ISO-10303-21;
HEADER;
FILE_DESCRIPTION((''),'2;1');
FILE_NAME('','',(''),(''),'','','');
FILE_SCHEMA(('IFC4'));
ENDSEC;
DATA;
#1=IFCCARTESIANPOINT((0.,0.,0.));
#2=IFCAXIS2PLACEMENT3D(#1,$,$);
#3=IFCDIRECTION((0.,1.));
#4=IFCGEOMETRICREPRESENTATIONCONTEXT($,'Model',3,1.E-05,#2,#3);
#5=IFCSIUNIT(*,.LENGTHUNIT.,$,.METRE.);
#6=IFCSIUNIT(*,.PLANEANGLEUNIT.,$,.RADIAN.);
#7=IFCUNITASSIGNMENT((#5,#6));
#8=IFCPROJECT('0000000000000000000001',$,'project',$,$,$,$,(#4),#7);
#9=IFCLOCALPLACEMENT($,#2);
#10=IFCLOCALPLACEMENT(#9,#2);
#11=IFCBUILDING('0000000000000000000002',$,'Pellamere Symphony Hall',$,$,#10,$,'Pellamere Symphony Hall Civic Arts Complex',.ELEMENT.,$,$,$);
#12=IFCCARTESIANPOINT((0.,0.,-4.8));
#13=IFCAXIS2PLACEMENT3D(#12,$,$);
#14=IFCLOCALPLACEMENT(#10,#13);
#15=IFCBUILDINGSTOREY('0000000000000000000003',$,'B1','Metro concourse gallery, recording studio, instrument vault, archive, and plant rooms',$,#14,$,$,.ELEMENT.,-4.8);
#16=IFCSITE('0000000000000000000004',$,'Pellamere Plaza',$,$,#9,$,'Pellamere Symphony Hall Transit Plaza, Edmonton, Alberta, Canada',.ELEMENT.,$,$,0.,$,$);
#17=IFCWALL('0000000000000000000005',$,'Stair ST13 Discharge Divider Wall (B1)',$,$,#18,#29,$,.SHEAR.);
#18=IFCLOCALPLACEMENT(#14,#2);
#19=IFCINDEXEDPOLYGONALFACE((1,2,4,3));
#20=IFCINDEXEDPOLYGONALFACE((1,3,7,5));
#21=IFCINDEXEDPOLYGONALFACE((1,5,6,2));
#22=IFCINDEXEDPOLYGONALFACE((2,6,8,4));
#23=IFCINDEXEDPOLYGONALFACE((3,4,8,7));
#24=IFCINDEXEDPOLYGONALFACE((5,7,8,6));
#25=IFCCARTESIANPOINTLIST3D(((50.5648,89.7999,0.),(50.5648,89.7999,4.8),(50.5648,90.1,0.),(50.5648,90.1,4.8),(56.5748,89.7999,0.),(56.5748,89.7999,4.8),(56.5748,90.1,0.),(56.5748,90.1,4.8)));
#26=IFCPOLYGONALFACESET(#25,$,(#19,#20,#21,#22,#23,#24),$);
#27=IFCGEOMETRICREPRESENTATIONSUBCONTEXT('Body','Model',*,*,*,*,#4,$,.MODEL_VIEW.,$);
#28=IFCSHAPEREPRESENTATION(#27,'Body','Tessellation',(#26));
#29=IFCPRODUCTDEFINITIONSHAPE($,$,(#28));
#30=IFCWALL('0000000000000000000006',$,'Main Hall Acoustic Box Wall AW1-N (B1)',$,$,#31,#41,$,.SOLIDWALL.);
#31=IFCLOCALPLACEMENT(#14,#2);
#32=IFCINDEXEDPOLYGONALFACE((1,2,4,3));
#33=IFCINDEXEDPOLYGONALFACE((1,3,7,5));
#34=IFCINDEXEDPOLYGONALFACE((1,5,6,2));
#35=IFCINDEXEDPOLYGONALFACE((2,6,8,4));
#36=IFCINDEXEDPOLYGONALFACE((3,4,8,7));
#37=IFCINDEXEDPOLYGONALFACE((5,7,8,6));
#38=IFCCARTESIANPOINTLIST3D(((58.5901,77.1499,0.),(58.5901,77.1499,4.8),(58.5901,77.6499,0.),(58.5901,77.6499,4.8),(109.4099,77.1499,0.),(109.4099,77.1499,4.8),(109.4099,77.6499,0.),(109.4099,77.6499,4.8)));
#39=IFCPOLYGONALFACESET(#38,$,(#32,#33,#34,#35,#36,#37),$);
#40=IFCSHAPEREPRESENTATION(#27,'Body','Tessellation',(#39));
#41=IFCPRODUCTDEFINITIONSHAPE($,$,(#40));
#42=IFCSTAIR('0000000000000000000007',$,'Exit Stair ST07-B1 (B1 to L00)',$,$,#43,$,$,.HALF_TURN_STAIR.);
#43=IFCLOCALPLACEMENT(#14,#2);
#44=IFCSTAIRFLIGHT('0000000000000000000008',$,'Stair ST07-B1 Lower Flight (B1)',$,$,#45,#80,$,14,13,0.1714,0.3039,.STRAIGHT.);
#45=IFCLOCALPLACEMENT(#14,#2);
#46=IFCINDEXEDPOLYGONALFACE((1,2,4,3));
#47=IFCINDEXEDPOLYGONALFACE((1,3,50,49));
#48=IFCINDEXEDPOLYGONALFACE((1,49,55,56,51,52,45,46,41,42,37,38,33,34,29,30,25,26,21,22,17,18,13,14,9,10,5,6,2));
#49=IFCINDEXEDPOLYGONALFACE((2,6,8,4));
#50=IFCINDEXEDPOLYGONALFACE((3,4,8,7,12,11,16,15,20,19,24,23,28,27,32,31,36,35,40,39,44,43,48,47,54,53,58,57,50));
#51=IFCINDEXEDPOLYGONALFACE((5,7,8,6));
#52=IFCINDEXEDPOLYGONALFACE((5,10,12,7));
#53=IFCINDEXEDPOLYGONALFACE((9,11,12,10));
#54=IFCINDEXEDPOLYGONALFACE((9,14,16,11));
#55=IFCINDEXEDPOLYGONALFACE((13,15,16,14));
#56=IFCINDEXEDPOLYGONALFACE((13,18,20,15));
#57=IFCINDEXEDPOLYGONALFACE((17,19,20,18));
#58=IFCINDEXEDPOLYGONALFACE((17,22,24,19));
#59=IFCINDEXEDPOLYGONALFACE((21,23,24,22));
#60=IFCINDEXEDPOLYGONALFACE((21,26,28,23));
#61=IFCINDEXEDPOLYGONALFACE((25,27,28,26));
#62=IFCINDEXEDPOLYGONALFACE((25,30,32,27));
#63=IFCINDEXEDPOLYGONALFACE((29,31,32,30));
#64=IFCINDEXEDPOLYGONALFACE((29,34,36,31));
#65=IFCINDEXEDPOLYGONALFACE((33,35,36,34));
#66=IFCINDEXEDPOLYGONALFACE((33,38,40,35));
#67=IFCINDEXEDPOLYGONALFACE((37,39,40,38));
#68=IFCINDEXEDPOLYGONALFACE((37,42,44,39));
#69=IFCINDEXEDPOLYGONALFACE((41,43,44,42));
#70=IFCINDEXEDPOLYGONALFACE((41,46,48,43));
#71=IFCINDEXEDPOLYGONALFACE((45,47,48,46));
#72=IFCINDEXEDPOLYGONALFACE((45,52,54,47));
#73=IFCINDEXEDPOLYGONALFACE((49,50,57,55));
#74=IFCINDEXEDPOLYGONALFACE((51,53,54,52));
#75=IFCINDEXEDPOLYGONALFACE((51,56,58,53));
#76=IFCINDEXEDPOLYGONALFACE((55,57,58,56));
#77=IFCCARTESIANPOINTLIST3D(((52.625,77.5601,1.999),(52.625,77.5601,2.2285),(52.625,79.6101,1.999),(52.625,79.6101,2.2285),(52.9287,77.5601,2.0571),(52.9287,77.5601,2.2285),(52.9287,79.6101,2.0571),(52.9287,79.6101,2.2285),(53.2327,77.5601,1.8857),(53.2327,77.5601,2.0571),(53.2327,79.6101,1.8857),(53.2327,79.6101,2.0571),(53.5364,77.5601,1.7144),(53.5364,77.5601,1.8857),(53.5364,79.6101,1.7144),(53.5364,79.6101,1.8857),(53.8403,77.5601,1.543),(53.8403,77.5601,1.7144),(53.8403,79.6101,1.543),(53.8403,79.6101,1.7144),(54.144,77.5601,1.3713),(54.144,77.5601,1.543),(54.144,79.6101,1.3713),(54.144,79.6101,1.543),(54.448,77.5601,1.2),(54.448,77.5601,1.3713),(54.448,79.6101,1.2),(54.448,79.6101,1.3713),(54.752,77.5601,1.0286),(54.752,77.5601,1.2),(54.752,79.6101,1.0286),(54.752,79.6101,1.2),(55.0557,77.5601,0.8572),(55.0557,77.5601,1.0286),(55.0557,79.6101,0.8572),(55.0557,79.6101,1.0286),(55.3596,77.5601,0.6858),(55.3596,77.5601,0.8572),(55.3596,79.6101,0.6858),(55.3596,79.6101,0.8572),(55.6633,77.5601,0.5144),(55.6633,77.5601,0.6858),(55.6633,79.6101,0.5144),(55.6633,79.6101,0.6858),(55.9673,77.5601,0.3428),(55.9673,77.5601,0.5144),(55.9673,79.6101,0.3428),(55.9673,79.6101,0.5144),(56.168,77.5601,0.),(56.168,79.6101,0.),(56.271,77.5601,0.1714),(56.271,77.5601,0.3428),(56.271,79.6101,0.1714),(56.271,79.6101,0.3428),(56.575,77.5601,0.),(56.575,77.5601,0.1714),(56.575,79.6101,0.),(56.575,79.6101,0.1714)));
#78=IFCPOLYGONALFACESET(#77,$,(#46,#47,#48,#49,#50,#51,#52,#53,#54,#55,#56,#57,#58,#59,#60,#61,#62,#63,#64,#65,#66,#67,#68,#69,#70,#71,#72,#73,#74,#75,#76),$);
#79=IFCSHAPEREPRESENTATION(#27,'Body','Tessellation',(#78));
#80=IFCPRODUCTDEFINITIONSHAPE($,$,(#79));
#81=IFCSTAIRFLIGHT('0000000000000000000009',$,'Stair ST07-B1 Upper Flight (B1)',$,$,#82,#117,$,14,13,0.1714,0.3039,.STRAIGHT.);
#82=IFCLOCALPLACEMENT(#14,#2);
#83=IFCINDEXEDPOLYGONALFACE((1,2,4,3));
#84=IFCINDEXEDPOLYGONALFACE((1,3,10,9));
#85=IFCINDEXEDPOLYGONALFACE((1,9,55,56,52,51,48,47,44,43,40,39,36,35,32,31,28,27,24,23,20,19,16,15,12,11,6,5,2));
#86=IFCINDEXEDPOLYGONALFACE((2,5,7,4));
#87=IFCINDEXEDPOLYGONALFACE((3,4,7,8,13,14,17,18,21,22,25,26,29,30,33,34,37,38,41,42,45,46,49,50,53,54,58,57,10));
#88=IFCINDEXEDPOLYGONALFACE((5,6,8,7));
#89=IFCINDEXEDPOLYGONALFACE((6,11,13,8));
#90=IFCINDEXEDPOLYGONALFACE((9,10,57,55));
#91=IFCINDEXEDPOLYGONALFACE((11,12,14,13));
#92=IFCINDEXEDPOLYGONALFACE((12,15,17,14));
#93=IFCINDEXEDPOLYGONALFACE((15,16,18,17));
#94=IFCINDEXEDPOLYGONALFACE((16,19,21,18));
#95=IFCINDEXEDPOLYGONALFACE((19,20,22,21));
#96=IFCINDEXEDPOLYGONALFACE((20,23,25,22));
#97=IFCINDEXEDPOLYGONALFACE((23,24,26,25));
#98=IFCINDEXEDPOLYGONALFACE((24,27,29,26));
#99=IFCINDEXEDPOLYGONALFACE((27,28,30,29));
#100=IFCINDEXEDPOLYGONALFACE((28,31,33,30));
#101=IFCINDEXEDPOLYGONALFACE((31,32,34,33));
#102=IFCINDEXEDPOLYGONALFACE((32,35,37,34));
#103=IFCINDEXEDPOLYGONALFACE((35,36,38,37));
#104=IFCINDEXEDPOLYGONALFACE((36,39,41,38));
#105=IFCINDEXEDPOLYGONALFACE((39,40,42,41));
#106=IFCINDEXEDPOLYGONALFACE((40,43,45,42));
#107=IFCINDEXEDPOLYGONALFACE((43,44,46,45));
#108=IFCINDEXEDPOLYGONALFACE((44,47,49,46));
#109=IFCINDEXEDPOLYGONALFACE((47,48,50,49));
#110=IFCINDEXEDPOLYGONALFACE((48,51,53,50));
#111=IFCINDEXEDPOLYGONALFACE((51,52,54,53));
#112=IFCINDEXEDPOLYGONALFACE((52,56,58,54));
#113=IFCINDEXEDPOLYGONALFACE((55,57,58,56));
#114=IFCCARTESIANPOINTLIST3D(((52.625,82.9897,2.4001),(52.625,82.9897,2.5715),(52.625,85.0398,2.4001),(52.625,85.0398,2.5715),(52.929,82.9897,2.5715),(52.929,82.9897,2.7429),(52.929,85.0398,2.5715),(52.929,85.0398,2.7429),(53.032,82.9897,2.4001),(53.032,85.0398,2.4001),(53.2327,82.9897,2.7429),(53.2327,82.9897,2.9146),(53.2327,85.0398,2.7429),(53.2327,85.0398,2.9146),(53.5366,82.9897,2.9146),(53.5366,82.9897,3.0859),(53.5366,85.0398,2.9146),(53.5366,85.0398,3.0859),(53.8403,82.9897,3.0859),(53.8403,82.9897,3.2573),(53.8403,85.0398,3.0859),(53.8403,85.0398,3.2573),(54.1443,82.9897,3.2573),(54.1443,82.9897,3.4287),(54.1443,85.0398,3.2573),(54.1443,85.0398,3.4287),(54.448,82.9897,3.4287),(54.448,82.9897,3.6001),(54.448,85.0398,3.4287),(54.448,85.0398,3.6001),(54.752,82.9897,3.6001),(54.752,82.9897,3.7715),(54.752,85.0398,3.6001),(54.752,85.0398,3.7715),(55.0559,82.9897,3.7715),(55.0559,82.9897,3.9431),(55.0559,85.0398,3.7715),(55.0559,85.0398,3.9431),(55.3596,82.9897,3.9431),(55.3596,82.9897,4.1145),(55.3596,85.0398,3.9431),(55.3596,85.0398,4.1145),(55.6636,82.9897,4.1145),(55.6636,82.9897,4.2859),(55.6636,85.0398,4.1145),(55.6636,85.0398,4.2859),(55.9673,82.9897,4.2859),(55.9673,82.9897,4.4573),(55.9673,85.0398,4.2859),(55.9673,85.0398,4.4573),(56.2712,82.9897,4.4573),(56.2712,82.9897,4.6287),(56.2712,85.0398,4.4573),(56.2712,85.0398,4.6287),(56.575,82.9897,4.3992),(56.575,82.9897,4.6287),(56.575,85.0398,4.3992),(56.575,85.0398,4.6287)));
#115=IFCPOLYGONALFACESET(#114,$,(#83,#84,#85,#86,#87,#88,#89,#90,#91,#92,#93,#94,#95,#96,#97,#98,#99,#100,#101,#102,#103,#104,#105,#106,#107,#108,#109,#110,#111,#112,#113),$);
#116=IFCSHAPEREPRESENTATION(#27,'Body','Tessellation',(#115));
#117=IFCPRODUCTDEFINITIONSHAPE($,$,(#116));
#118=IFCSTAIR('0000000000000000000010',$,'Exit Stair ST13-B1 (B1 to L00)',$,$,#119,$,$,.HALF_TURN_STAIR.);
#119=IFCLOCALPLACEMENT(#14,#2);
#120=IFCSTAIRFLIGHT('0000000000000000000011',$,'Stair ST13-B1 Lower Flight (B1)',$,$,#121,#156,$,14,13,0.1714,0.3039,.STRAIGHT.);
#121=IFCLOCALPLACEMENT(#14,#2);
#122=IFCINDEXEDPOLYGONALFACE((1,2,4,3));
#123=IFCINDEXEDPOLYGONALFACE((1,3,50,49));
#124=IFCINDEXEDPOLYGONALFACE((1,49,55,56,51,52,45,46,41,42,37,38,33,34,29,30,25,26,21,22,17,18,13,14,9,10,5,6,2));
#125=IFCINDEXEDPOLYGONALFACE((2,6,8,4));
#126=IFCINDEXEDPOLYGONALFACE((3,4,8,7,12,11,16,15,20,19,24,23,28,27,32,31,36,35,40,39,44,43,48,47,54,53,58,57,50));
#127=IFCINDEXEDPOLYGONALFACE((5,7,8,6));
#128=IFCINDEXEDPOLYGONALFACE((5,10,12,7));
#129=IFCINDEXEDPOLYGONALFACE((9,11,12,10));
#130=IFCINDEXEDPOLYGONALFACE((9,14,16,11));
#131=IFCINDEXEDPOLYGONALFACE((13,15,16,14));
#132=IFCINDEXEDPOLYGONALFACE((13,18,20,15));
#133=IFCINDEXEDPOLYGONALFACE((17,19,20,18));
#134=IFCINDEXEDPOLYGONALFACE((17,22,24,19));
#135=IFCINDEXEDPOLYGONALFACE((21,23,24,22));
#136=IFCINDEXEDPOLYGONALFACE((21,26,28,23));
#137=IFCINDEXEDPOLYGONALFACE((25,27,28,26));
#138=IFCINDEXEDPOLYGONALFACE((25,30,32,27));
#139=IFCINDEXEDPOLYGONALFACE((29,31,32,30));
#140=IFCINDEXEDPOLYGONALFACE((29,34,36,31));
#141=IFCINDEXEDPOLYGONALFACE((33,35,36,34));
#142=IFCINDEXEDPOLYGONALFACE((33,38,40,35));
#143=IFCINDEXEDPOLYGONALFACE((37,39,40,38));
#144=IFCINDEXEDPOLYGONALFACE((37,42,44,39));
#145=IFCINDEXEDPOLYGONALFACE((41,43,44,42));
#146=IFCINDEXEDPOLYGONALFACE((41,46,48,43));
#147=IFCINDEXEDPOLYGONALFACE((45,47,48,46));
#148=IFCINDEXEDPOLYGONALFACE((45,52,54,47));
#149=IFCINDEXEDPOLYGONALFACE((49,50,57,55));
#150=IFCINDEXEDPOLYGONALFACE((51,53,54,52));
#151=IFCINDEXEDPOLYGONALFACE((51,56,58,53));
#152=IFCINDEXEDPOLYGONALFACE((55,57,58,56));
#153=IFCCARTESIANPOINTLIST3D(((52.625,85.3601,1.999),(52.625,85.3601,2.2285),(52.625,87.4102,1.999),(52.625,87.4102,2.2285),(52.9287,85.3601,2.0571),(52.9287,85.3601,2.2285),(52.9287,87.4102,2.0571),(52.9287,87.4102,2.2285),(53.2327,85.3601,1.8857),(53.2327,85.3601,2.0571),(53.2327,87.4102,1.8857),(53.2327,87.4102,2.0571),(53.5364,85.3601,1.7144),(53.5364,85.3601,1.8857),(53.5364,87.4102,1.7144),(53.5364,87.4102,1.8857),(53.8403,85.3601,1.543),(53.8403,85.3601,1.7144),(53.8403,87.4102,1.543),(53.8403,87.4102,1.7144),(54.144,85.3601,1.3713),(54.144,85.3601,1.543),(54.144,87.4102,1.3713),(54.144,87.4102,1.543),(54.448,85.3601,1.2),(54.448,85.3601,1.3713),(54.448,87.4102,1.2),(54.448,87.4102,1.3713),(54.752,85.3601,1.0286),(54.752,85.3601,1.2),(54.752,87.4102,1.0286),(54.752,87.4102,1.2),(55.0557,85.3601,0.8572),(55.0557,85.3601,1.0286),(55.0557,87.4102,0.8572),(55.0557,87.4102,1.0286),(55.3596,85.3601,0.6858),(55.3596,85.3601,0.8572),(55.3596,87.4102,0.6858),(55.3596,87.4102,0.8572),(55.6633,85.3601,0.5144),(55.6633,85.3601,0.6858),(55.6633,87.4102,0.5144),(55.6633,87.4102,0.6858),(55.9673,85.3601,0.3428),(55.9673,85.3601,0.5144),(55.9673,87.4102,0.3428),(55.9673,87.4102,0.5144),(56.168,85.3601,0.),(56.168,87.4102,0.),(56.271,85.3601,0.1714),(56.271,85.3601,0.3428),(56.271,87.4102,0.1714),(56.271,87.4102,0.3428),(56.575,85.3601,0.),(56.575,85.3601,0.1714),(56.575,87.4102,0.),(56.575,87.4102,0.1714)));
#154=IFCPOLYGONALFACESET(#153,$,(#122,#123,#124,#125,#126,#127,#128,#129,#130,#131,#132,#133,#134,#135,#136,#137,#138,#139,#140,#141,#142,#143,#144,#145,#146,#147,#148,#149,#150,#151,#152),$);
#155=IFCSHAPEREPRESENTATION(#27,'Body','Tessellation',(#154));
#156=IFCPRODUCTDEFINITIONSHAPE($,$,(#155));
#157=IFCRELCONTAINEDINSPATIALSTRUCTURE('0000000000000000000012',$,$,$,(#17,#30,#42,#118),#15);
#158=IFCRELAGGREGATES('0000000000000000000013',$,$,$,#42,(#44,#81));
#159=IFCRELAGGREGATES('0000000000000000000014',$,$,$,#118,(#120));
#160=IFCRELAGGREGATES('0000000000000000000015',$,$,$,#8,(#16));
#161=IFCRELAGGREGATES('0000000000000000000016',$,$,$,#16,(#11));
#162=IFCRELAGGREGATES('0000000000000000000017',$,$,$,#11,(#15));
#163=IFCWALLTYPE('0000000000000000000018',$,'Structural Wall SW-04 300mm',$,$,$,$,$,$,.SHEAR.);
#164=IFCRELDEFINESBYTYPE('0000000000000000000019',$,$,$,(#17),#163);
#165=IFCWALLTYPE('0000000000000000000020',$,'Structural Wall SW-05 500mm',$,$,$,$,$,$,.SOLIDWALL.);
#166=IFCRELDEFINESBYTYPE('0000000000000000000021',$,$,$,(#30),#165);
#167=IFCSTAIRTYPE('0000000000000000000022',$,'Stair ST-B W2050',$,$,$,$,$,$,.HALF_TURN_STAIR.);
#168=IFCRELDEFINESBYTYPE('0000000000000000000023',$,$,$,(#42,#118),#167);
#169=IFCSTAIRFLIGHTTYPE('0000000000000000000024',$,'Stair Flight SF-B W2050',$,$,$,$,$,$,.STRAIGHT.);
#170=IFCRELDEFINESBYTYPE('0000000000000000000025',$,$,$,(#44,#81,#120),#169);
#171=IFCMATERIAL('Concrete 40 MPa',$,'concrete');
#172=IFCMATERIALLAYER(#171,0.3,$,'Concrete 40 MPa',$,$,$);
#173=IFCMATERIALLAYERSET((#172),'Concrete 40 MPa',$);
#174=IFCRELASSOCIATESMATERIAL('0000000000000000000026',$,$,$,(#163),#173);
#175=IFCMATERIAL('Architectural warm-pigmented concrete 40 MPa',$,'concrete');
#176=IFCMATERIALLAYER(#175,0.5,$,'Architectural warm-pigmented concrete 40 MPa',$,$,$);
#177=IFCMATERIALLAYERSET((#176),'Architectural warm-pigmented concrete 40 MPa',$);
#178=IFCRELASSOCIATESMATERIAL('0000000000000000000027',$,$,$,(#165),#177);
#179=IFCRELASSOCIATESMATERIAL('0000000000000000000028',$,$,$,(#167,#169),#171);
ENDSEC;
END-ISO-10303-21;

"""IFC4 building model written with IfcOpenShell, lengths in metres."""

from ifc_helpers import new_model, si_unit, direction, frame, frame_2d, origin, place, context, subcontext, project, spatial, polyline, rectangle, outline, extrude, material, layer, layer_set, type_object, element, aggregate, save


model = new_model("IFC4")

# Units and contexts
model_context = context("Model", 3, precision=1e-05, world=origin(), true_north=direction((0.0, 1.0)))
body_context = subcontext(model_context, "Body", "Model", "MODEL_VIEW")
ifc_project = project(units=[si_unit("LENGTHUNIT", "METRE"), si_unit("PLANEANGLEUNIT", "RADIAN")], contexts=[model_context])

# Site, building, storey
site_placement = place(None, origin())
site = spatial("IfcSite", under=ifc_project, at=site_placement, Name="Pellamere Plaza", LongName="Pellamere Symphony Hall Transit Plaza, Edmonton, Alberta, Canada", CompositionType="ELEMENT", RefElevation=0.0)
building_placement = place(site_placement, origin())
building = spatial("IfcBuilding", under=site, at=building_placement, Name="Pellamere Symphony Hall", LongName="Pellamere Symphony Hall Civic Arts Complex", CompositionType="ELEMENT")
storey_placement = place(building_placement, frame((0.0, 0.0, -4.8)))
storey = spatial("IfcBuildingStorey", under=building, at=storey_placement, Name="B1", Description="Metro concourse gallery, recording studio, instrument vault, archive, and plant rooms", CompositionType="ELEMENT", Elevation=-4.8)

# Shared definitions
ifc_material_1 = material(Name="Concrete 40 MPa", Category="concrete")

# Walls
ifc_layer_1 = layer(ifc_material_1, 0.3, Name="Concrete 40 MPa")
ifc_layer_set_1 = layer_set([ifc_layer_1], Name="Concrete 40 MPa")
wall_type_1 = type_object("IfcWallType", Name="Structural Wall SW-04 300mm", PredefinedType="SHEAR", material=ifc_layer_set_1)
wall_1_placement = place(storey_placement, frame((50.5649, 89.95, 0.0), z_axis=(0.0, 0.0, 1.0), x_axis=(1.0, 0.0, 0.0)))
element("IfcWall", 1, at=wall_1_placement, inside=storey, type_object=wall_type_1, Name="Stair ST13 Discharge Divider Wall (B1)", PredefinedType="SHEAR", context=body_context, shape_type="SweptSolid", body=[
    extrude(rectangle(XDim=6.01, YDim=0.3, at=frame_2d((3.0049, 0.0))), origin(), (0.0, 0.0, 1.0), 4.8),
])
ifc_material_2 = material(Name="Architectural warm-pigmented concrete 40 MPa", Category="concrete")
ifc_layer_2 = layer(ifc_material_2, 0.5, Name="Architectural warm-pigmented concrete 40 MPa")
ifc_layer_set_2 = layer_set([ifc_layer_2], Name="Architectural warm-pigmented concrete 40 MPa")
wall_type_2 = type_object("IfcWallType", Name="Structural Wall SW-05 500mm", PredefinedType="SOLIDWALL", material=ifc_layer_set_2)
wall_2_placement = place(storey_placement, frame((58.5901, 77.3999, 0.0), z_axis=(0.0, 0.0, 1.0), x_axis=(1.0, 0.0, 0.0)))
element("IfcWall", 2, at=wall_2_placement, inside=storey, type_object=wall_type_2, Name="Main Hall Acoustic Box Wall AW1-N (B1)", PredefinedType="SOLIDWALL", context=body_context, shape_type="SweptSolid", body=[
    extrude(rectangle(XDim=50.8198, YDim=0.5, at=frame_2d((25.4099, 0.0))), origin(), (0.0, 0.0, 1.0), 4.8),
])

# Stairs, stair flights
stair_type = type_object("IfcStairType", Name="Stair ST-B W2050", PredefinedType="HALF_TURN_STAIR", material=ifc_material_1)
stair_1_placement = place(storey_placement, origin())
stair_1 = element("IfcStair", 3, at=stair_1_placement, inside=storey, type_object=stair_type, Name="Exit Stair ST07-B1 (B1 to L00)", PredefinedType="HALF_TURN_STAIR")
stair_flight_type = type_object("IfcStairFlightType", Name="Stair Flight SF-B W2050", PredefinedType="STRAIGHT", material=ifc_material_1)
stair_flight_1_placement = place(storey_placement, frame((56.575, 78.585, 0.0), z_axis=(0.0, 0.0, 1.0), x_axis=(-1.0, 0.0, 0.0)))
stair_flight_1 = element("IfcStairFlight", 4, at=stair_flight_1_placement, type_object=stair_flight_type, Name="Stair ST07-B1 Lower Flight (B1)", NumberOfRisers=14, NumberOfTreads=13, PredefinedType="STRAIGHT", RiserHeight=0.1714, TreadLength=0.3039, context=body_context, shape_type="SweptSolid", body=[
    extrude(outline(polyline([(0.0, 0.0), (0.0, 0.1714), (0.304, 0.1714), (0.304, 0.3428), (0.6077, 0.3428), (0.6077, 0.5144), (0.9116, 0.5144), (0.9116, 0.6858), (1.2153, 0.6858), (1.2153, 0.8572), (1.5193, 0.8572), (1.5193, 1.0286), (1.823, 1.0286), (1.823, 1.2), (2.127, 1.2), (2.127, 1.3713), (2.4309, 1.3713), (2.4309, 1.543), (2.7346, 1.543), (2.7346, 1.7144), (3.0386, 1.7144), (3.0386, 1.8857), (3.3423, 1.8857), (3.3423, 2.0571), (3.6462, 2.0571), (3.6462, 2.2285), (3.95, 2.2285), (3.95, 2.3999), (3.95, 1.999), (0.407, 0.0), (0.0, 0.0)])), frame((0.0, 1.0249, 0.0), z_axis=(0.0, -1.0, 0.0), x_axis=(1.0, 0.0, 0.0)), (0.0, 0.0, 1.0), 2.05),
])
stair_flight_2_placement = place(storey_placement, frame((52.625, 84.0149, 2.4001), z_axis=(0.0, 0.0, 1.0), x_axis=(1.0, 0.0, 0.0)))
stair_flight_2 = element("IfcStairFlight", 5, at=stair_flight_2_placement, type_object=stair_flight_type, Name="Stair ST07-B1 Upper Flight (B1)", NumberOfRisers=14, NumberOfTreads=13, PredefinedType="STRAIGHT", RiserHeight=0.1714, TreadLength=0.3039, context=body_context, shape_type="SweptSolid", body=[
    extrude(outline(polyline([(0.0, 0.0), (0.0, 0.1714), (0.304, 0.1714), (0.304, 0.3428), (0.6077, 0.3428), (0.6077, 0.5144), (0.9116, 0.5144), (0.9116, 0.6858), (1.2153, 0.6858), (1.2153, 0.8572), (1.5193, 0.8572), (1.5193, 1.0286), (1.823, 1.0286), (1.823, 1.2), (2.127, 1.2), (2.127, 1.3713), (2.4309, 1.3713), (2.4309, 1.543), (2.7346, 1.543), (2.7346, 1.7144), (3.0386, 1.7144), (3.0386, 1.8857), (3.3423, 1.8857), (3.3423, 2.0571), (3.6462, 2.0571), (3.6462, 2.2285), (3.95, 2.2285), (3.95, 2.3999), (3.95, 1.999), (0.407, 0.0), (0.0, 0.0)])), frame((0.0, 1.0249, 0.0), z_axis=(0.0, -1.0, 0.0), x_axis=(1.0, 0.0, 0.0)), (0.0, 0.0, 1.0), 2.05),
])
aggregate(stair_1, [stair_flight_1, stair_flight_2])
stair_2_placement = place(storey_placement, origin())
stair_2 = element("IfcStair", 6, at=stair_2_placement, inside=storey, type_object=stair_type, Name="Exit Stair ST13-B1 (B1 to L00)", PredefinedType="HALF_TURN_STAIR")
stair_flight_3_placement = place(storey_placement, frame((56.575, 86.385, 0.0), z_axis=(0.0, 0.0, 1.0), x_axis=(-1.0, 0.0, 0.0)))
stair_flight_3 = element("IfcStairFlight", 7, at=stair_flight_3_placement, type_object=stair_flight_type, Name="Stair ST13-B1 Lower Flight (B1)", NumberOfRisers=14, NumberOfTreads=13, PredefinedType="STRAIGHT", RiserHeight=0.1714, TreadLength=0.3039, context=body_context, shape_type="SweptSolid", body=[
    extrude(outline(polyline([(0.0, 0.0), (0.0, 0.1714), (0.304, 0.1714), (0.304, 0.3428), (0.6077, 0.3428), (0.6077, 0.5144), (0.9116, 0.5144), (0.9116, 0.6858), (1.2153, 0.6858), (1.2153, 0.8572), (1.5193, 0.8572), (1.5193, 1.0286), (1.823, 1.0286), (1.823, 1.2), (2.127, 1.2), (2.127, 1.3713), (2.4309, 1.3713), (2.4309, 1.543), (2.7346, 1.543), (2.7346, 1.7144), (3.0386, 1.7144), (3.0386, 1.8857), (3.3423, 1.8857), (3.3423, 2.0571), (3.6462, 2.0571), (3.6462, 2.2285), (3.95, 2.2285), (3.95, 2.3999), (3.95, 1.999), (0.407, 0.0), (0.0, 0.0)])), frame((0.0, 1.0249, 0.0), z_axis=(0.0, -1.0, 0.0), x_axis=(1.0, 0.0, 0.0)), (0.0, 0.0, 1.0), 2.05),
])
aggregate(stair_2, [stair_flight_3])

save(model, "model.ifc")
